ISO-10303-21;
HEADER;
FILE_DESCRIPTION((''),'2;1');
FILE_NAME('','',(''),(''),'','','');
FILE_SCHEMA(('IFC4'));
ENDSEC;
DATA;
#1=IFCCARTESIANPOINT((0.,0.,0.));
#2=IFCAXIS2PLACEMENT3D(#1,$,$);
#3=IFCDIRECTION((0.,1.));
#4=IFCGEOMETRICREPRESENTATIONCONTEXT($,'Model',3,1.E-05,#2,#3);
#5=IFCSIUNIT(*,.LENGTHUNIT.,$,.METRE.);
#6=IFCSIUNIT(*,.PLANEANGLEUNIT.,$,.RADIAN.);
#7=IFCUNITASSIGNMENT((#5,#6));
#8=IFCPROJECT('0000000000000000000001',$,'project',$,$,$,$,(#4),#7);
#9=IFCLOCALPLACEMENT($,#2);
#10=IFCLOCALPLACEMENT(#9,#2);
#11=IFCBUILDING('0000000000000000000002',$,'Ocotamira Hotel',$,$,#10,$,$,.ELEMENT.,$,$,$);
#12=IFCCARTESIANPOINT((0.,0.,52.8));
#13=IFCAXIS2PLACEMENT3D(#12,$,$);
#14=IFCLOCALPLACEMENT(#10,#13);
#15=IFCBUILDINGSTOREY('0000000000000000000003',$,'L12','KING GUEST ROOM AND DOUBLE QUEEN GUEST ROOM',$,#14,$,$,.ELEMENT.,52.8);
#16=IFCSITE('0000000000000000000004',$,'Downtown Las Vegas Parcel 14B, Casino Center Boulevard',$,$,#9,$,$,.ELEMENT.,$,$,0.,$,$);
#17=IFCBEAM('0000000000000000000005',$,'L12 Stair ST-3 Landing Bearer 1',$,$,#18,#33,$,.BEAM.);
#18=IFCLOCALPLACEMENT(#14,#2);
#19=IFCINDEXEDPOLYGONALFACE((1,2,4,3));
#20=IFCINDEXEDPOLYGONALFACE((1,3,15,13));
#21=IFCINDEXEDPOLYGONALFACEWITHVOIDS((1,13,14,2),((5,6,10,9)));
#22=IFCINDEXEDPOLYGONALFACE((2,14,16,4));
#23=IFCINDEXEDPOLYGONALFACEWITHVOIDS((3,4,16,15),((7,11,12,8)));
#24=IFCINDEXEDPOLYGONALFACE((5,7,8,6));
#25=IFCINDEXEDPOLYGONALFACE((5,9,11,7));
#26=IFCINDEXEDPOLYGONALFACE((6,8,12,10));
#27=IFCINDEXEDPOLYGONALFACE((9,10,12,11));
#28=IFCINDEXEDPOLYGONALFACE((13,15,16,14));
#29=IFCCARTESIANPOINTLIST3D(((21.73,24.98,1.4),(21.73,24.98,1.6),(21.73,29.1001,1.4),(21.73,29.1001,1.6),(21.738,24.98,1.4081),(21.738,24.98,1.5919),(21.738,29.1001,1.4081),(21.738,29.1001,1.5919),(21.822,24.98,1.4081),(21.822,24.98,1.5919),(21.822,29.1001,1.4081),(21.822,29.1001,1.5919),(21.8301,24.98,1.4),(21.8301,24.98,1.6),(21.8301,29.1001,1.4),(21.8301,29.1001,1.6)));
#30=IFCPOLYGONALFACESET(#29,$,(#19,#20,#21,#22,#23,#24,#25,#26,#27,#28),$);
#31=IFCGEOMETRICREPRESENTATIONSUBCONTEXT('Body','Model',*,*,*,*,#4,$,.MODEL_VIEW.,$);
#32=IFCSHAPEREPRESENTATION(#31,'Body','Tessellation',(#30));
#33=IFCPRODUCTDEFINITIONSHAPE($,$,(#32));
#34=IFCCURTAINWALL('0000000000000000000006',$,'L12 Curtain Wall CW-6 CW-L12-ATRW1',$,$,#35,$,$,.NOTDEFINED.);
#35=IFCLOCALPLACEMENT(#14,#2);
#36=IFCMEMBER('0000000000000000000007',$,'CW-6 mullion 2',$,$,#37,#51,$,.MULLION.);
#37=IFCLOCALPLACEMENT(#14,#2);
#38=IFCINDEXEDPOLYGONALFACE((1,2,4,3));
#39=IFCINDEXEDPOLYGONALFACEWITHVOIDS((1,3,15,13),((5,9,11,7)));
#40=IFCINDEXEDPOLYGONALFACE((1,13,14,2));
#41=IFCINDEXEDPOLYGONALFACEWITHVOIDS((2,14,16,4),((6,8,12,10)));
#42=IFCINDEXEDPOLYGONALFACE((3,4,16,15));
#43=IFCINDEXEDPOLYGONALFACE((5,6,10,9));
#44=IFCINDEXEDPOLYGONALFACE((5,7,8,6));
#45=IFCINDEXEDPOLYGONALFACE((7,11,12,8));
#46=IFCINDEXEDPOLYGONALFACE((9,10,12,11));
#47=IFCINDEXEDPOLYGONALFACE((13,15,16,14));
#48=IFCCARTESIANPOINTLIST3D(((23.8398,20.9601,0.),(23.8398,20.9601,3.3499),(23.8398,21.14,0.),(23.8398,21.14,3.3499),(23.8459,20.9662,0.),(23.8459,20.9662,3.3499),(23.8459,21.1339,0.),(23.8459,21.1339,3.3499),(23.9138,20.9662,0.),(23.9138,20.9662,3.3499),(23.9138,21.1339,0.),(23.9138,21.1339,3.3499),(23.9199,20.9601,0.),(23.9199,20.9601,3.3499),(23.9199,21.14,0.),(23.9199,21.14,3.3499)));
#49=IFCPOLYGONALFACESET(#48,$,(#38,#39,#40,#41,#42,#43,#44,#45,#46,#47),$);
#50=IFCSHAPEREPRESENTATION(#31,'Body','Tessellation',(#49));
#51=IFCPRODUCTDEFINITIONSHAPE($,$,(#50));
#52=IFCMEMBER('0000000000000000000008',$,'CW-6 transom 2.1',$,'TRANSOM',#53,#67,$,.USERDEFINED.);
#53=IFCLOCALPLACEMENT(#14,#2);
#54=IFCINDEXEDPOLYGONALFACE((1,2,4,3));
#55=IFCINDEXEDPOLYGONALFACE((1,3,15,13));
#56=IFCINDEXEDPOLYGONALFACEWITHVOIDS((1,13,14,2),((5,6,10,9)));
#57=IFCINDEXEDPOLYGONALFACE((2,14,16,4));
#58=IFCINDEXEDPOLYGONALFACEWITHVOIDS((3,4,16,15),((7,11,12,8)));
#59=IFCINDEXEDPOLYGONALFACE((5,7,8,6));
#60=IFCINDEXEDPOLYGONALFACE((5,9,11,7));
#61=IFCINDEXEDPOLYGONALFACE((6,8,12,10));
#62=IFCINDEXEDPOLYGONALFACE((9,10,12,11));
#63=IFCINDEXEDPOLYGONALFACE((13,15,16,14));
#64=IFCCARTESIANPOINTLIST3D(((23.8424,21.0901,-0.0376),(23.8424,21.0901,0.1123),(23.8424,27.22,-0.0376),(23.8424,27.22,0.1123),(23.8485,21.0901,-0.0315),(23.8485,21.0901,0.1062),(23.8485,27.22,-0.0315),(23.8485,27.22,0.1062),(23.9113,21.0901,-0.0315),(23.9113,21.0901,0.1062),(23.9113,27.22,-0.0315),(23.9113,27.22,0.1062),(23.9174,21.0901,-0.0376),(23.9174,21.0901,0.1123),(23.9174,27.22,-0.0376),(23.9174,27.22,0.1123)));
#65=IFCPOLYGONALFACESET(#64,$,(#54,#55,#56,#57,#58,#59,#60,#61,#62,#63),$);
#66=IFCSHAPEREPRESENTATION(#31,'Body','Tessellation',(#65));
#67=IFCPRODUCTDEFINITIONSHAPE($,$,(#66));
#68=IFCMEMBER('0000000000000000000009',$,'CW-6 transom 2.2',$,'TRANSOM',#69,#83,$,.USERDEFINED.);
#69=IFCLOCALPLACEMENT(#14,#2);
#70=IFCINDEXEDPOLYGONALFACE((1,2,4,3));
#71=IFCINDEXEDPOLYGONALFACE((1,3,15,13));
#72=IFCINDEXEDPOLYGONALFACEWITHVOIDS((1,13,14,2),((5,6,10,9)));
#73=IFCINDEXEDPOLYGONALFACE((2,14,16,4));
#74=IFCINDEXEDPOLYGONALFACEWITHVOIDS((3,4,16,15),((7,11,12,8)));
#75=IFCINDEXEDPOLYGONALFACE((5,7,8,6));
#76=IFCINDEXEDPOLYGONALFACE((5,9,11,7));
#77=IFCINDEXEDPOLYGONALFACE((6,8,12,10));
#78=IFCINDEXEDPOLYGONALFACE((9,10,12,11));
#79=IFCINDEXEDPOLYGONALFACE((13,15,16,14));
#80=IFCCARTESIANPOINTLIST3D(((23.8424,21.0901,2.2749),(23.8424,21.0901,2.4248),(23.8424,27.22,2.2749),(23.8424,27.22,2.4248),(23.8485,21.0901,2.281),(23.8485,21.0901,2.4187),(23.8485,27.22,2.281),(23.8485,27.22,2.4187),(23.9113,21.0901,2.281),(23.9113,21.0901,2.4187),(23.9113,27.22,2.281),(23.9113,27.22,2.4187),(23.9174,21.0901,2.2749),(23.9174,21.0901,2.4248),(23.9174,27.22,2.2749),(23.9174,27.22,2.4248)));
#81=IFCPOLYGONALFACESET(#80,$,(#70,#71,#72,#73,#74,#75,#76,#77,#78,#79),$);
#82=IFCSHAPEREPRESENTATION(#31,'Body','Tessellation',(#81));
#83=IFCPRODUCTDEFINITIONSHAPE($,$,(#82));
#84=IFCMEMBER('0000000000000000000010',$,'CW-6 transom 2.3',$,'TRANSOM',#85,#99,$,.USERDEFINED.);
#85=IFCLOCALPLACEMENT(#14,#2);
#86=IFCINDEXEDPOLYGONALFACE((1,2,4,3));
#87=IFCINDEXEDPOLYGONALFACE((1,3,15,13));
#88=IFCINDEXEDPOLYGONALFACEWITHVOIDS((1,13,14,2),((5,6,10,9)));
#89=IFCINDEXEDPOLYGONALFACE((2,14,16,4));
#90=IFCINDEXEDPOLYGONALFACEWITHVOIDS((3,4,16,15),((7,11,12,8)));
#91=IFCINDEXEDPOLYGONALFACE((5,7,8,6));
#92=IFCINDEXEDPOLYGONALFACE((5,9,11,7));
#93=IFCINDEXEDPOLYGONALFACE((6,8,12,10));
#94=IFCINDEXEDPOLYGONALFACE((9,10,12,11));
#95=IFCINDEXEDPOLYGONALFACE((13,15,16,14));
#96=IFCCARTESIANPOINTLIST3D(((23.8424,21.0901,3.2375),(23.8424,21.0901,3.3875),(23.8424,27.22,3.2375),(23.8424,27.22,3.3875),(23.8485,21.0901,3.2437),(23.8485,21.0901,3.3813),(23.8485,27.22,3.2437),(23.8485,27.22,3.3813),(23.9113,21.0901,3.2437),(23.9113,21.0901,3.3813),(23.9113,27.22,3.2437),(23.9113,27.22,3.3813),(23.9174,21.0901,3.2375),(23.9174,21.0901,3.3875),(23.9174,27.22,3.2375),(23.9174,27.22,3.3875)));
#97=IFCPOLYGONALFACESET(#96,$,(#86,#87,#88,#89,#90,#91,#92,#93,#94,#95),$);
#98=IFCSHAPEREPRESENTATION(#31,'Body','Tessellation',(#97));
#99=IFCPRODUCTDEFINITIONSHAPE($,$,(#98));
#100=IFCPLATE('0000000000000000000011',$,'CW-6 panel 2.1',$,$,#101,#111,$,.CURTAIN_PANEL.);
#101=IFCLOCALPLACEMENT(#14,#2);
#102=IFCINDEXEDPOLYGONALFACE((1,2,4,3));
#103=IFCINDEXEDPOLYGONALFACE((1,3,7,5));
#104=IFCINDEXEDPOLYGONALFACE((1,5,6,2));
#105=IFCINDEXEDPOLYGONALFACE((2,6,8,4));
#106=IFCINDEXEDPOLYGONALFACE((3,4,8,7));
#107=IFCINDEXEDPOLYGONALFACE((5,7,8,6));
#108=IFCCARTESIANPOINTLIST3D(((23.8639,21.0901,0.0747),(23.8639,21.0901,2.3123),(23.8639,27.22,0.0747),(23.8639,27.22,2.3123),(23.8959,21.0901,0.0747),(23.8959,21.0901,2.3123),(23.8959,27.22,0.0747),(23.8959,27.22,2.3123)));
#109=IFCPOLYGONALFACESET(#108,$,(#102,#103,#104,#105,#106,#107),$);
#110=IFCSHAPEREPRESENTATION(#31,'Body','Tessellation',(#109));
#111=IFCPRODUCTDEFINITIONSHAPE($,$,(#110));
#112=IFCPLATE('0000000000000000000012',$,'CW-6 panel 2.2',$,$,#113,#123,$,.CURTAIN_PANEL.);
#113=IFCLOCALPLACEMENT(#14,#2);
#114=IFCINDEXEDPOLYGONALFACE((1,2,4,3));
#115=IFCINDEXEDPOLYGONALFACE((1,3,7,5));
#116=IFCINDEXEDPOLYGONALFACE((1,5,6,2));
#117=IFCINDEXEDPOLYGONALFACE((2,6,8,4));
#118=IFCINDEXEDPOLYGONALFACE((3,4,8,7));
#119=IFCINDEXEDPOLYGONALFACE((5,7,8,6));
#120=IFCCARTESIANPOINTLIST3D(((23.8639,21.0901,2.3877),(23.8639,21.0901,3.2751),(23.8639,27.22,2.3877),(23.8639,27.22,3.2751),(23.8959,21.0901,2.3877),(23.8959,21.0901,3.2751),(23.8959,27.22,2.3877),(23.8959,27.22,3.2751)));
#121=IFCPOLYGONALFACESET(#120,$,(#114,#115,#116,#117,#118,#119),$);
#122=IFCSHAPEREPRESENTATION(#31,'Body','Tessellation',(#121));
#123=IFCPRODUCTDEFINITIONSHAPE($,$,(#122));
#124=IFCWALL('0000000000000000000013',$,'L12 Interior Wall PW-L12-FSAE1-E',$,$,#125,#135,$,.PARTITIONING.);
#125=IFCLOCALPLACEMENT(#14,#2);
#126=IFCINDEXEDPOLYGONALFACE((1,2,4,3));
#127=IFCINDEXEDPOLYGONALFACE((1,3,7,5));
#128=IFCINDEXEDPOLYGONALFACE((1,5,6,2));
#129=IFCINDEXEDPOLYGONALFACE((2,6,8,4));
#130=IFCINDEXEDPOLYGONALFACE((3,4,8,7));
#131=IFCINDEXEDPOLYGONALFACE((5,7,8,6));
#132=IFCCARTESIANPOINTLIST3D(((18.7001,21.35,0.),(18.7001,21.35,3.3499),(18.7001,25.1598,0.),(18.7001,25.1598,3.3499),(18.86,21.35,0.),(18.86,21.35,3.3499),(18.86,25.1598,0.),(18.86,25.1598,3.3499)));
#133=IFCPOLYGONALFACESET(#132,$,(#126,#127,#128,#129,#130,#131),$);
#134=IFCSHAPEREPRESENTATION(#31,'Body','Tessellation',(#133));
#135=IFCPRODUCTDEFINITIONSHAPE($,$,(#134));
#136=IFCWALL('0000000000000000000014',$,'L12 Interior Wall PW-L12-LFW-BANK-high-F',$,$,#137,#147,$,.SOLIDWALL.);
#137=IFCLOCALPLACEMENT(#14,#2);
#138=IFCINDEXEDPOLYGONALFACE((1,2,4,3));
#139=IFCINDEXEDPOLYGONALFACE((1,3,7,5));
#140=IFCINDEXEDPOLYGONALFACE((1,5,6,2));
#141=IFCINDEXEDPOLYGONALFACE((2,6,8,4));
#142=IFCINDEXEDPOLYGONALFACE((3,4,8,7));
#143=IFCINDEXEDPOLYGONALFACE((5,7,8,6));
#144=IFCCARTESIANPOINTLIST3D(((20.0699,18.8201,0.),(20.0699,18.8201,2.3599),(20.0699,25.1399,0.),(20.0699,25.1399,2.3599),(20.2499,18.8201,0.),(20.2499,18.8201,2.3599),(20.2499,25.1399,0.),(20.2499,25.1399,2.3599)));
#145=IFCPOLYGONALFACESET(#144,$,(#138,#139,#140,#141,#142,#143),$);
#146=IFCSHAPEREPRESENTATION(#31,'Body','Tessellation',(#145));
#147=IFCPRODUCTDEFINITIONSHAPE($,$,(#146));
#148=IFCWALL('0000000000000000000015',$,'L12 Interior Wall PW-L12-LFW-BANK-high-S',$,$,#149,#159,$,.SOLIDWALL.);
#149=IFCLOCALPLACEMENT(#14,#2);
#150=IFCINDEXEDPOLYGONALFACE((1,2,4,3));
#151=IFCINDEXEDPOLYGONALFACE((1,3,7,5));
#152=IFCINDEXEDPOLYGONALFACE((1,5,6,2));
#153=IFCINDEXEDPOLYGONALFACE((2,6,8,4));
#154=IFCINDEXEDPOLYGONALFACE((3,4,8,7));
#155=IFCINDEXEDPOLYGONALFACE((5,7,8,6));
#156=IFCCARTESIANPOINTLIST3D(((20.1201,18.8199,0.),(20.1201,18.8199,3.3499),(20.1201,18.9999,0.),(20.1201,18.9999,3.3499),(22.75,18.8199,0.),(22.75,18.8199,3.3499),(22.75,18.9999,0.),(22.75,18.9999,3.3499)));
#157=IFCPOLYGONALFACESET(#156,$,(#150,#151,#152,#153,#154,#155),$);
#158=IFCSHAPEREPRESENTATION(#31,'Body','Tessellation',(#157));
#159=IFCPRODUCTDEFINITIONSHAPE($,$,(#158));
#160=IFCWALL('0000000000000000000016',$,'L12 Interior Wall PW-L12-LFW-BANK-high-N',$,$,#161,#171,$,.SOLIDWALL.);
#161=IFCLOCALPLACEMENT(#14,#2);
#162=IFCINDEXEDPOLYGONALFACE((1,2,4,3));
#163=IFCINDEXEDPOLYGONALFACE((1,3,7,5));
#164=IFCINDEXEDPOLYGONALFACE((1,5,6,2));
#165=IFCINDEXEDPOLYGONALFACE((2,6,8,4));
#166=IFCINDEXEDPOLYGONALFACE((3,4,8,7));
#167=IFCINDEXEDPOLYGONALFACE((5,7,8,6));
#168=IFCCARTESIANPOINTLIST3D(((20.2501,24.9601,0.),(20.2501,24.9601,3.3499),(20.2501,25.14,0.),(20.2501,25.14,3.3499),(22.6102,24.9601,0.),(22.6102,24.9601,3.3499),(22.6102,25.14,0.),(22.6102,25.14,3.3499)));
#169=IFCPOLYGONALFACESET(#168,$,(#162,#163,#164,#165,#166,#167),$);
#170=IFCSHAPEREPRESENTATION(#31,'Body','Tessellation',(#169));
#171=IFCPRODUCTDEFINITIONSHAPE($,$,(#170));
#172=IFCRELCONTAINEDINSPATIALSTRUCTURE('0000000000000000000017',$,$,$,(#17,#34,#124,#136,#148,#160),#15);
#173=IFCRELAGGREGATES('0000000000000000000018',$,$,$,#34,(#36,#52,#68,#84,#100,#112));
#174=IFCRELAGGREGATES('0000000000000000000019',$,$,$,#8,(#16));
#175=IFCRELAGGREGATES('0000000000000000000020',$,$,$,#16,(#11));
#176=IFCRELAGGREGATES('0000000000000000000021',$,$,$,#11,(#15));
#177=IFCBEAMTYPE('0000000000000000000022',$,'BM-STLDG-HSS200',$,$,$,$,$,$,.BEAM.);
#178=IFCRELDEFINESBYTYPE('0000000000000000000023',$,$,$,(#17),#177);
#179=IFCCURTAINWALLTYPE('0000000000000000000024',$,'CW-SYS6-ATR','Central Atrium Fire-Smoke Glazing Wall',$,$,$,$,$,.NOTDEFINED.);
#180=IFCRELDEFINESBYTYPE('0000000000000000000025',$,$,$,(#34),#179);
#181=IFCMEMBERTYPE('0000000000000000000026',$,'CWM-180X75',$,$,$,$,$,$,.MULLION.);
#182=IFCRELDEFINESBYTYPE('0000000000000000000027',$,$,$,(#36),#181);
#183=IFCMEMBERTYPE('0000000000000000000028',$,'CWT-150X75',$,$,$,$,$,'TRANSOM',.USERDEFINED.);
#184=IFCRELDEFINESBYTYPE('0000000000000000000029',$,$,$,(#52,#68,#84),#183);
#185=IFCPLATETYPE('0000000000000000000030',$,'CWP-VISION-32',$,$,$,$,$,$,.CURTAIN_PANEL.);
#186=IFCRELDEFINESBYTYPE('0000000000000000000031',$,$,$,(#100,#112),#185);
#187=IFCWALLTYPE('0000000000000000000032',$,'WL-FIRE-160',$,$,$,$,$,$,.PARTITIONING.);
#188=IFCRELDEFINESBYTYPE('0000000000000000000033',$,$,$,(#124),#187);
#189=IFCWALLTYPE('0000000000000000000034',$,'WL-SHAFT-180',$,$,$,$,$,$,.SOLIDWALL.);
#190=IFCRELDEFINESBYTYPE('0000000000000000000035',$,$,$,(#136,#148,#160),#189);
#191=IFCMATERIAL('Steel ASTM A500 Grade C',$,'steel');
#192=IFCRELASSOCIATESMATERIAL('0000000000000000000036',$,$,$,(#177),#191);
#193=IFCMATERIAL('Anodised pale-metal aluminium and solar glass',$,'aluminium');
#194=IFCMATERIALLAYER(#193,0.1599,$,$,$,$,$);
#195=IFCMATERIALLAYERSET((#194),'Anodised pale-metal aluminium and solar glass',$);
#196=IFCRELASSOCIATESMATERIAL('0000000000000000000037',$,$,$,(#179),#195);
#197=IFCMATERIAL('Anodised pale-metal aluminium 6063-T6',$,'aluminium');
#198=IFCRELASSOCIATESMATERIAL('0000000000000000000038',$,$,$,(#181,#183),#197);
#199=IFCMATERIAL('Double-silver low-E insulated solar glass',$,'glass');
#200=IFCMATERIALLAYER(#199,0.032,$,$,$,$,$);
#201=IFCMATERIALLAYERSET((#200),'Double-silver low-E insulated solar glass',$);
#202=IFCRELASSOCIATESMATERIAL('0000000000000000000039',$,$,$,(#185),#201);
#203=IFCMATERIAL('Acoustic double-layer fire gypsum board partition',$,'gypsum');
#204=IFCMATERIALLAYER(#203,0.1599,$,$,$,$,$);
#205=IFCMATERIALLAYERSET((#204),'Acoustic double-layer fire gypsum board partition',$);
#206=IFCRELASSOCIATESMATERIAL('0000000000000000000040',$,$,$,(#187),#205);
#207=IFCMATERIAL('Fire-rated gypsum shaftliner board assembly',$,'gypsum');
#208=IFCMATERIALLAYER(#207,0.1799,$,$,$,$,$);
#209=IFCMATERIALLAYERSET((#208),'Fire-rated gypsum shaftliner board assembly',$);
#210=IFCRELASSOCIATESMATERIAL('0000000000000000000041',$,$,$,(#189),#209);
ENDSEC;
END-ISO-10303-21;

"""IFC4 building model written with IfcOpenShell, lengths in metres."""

from ifc_helpers import new_model, si_unit, direction, frame, frame_2d, origin, origin_2d, place, context, subcontext, project, spatial, rectangle, hollow_rectangle, extrude, source, transform, mapped, material, layer, layer_set, material_profile, profile_set, type_object, element, aggregate, save


model = new_model("IFC4")

# Units and contexts
model_context = context("Model", 3, precision=1e-05, world=origin(), true_north=direction((0.0, 1.0)))
body_context = subcontext(model_context, "Body", "Model", "MODEL_VIEW")
ifc_project = project(units=[si_unit("LENGTHUNIT", "METRE"), si_unit("PLANEANGLEUNIT", "RADIAN")], contexts=[model_context])

# Site, building, storey
site_placement = place(None, origin())
site = spatial("IfcSite", under=ifc_project, at=site_placement, Name="Downtown Las Vegas Parcel 14B, Casino Center Boulevard", CompositionType="ELEMENT", RefElevation=0.0)
building_placement = place(site_placement, origin())
building = spatial("IfcBuilding", under=site, at=building_placement, Name="Ocotamira Hotel", CompositionType="ELEMENT")
storey_placement = place(building_placement, frame((0.0, 0.0, 52.8)))
storey = spatial("IfcBuildingStorey", under=building, at=storey_placement, Name="L12", Description="KING GUEST ROOM AND DOUBLE QUEEN GUEST ROOM", CompositionType="ELEMENT", Elevation=52.8)

# Beam
ifc_material_1 = material(Name="Steel ASTM A500 Grade C", Category="steel")
ifc_material_profile_1 = material_profile(ifc_material_1, hollow_rectangle(XDim=0.1001, YDim=0.2, WallThickness=0.0081, at=origin_2d()), Name="HSS200X100X8")
ifc_profile_set_1 = profile_set([ifc_material_profile_1], Name="Steel ASTM A500 Grade C")
beam_type = type_object("IfcBeamType", Name="BM-STLDG-HSS200", PredefinedType="BEAM", material=ifc_profile_set_1)
shared_shape_1 = source(origin(), body_context, "Body", "SweptSolid", [
    extrude(hollow_rectangle(XDim=0.1001, YDim=0.2, WallThickness=0.0081, at=origin_2d()), origin(), (0.0, 0.0, 1.0), 4.1201),
])
beam_placement = place(storey_placement, frame((21.78, 24.98, 1.5), z_axis=(0.0, 1.0, 0.0), x_axis=(-1.0, 0.0, 0.0)))
element("IfcBeam", 1, at=beam_placement, inside=storey, type_object=beam_type, Name="L12 Stair ST-3 Landing Bearer 1", PredefinedType="BEAM", context=body_context, shape_type="MappedRepresentation", body=[
    mapped(shared_shape_1, transform((0.0, 0.0, 0.0), scale=1.0)),
])

# Curtain wall, members, plates
ifc_material_2 = material(Name="Anodised pale-metal aluminium and solar glass", Category="aluminium")
ifc_layer_1 = layer(ifc_material_2, 0.1599)
ifc_layer_set_1 = layer_set([ifc_layer_1], Name="Anodised pale-metal aluminium and solar glass")
curtain_wall_type = type_object("IfcCurtainWallType", Name="CW-SYS6-ATR", Description="Central Atrium Fire-Smoke Glazing Wall", PredefinedType="NOTDEFINED", material=ifc_layer_set_1)
curtain_wall_placement = place(storey_placement, origin())
curtain_wall = element("IfcCurtainWall", 2, at=curtain_wall_placement, inside=storey, type_object=curtain_wall_type, Name="L12 Curtain Wall CW-6 CW-L12-ATRW1", PredefinedType="NOTDEFINED")
ifc_material_3 = material(Name="Anodised pale-metal aluminium 6063-T6", Category="aluminium")
ifc_material_profile_2 = material_profile(ifc_material_3, hollow_rectangle(XDim=0.0801, YDim=0.1799, WallThickness=0.0061, at=origin_2d()), Name="HSS180X80X6")
ifc_profile_set_2 = profile_set([ifc_material_profile_2], Name="Anodised pale-metal aluminium 6063-T6")
member_type_1 = type_object("IfcMemberType", Name="CWM-180X75", PredefinedType="MULLION", material=ifc_profile_set_2)
shared_shape_2 = source(origin(), body_context, "Body", "SweptSolid", [
    extrude(hollow_rectangle(XDim=0.0801, YDim=0.1799, WallThickness=0.0061, at=origin_2d()), origin(), (0.0, 0.0, 1.0), 3.3499),
])
member_1_placement = place(storey_placement, frame((23.8799, 21.05, 0.0), z_axis=(0.0, 0.0, 1.0), x_axis=(-1.0, 0.0, 0.0)))
member_1 = element("IfcMember", 3, at=member_1_placement, type_object=member_type_1, Name="CW-6 mullion 2", PredefinedType="MULLION", context=body_context, shape_type="MappedRepresentation", body=[
    mapped(shared_shape_2, transform((0.0, 0.0, 0.0), scale=1.0)),
])
ifc_material_profile_3 = material_profile(ifc_material_3, hollow_rectangle(XDim=0.075, YDim=0.1499, WallThickness=0.0061, at=origin_2d()), Name="HSS150X75X6")
ifc_profile_set_3 = profile_set([ifc_material_profile_3], Name="Anodised pale-metal aluminium 6063-T6")
member_type_2 = type_object("IfcMemberType", Name="CWT-150X75", ElementType="TRANSOM", PredefinedType="USERDEFINED", material=ifc_profile_set_3)
shared_shape_3 = source(origin(), body_context, "Body", "SweptSolid", [
    extrude(hollow_rectangle(XDim=0.075, YDim=0.1499, WallThickness=0.0061, at=origin_2d()), origin(), (0.0, 0.0, 1.0), 6.1299),
])
member_2_placement = place(storey_placement, frame((23.8799, 21.0901, 0.0374), z_axis=(0.0, 1.0, 0.0), x_axis=(-1.0, 0.0, 0.0)))
member_2 = element("IfcMember", 4, at=member_2_placement, type_object=member_type_2, Name="CW-6 transom 2.1", ObjectType="TRANSOM", PredefinedType="USERDEFINED", context=body_context, shape_type="MappedRepresentation", body=[
    mapped(shared_shape_3, transform((0.0, 0.0, 0.0), scale=1.0)),
])
member_3_placement = place(storey_placement, frame((23.8799, 21.0901, 2.3499), z_axis=(0.0, 1.0, 0.0), x_axis=(-1.0, 0.0, 0.0)))
member_3 = element("IfcMember", 5, at=member_3_placement, type_object=member_type_2, Name="CW-6 transom 2.2", ObjectType="TRANSOM", PredefinedType="USERDEFINED", context=body_context, shape_type="MappedRepresentation", body=[
    mapped(shared_shape_3, transform((0.0, 0.0, 0.0), scale=1.0)),
])
member_4_placement = place(storey_placement, frame((23.8799, 21.0901, 3.3125), z_axis=(0.0, 1.0, 0.0), x_axis=(-1.0, 0.0, 0.0)))
member_4 = element("IfcMember", 6, at=member_4_placement, type_object=member_type_2, Name="CW-6 transom 2.3", ObjectType="TRANSOM", PredefinedType="USERDEFINED", context=body_context, shape_type="MappedRepresentation", body=[
    mapped(shared_shape_3, transform((0.0, 0.0, 0.0), scale=1.0)),
])
ifc_material_4 = material(Name="Double-silver low-E insulated solar glass", Category="glass")
ifc_layer_2 = layer(ifc_material_4, 0.032)
ifc_layer_set_2 = layer_set([ifc_layer_2], Name="Double-silver low-E insulated solar glass")
plate_type = type_object("IfcPlateType", Name="CWP-VISION-32", PredefinedType="CURTAIN_PANEL", material=ifc_layer_set_2)
shared_shape_4 = source(origin(), body_context, "Body", "SweptSolid", [
    extrude(rectangle(XDim=6.1299, YDim=0.032, at=origin_2d()), origin(), (0.0, 0.0, 1.0), 2.2375),
])
plate_1_placement = place(storey_placement, frame((23.8799, 24.155, 0.0747), z_axis=(0.0, 0.0, 1.0), x_axis=(0.0, 1.0, 0.0)))
plate_1 = element("IfcPlate", 7, at=plate_1_placement, type_object=plate_type, Name="CW-6 panel 2.1", PredefinedType="CURTAIN_PANEL", context=body_context, shape_type="MappedRepresentation", body=[
    mapped(shared_shape_4, transform((0.0, 0.0, 0.0), scale=1.0)),
])
shared_shape_5 = source(origin(), body_context, "Body", "SweptSolid", [
    extrude(rectangle(XDim=6.1299, YDim=0.032, at=origin_2d()), origin(), (0.0, 0.0, 1.0), 0.8875),
])
plate_2_placement = place(storey_placement, frame((23.8799, 24.155, 2.3877), z_axis=(0.0, 0.0, 1.0), x_axis=(0.0, 1.0, 0.0)))
plate_2 = element("IfcPlate", 8, at=plate_2_placement, type_object=plate_type, Name="CW-6 panel 2.2", PredefinedType="CURTAIN_PANEL", context=body_context, shape_type="MappedRepresentation", body=[
    mapped(shared_shape_5, transform((0.0, 0.0, 0.0), scale=1.0)),
])
aggregate(curtain_wall, [member_1, member_2, member_3, member_4, plate_1, plate_2])

# Shared definitions
ifc_material_5 = material(Name="Acoustic double-layer fire gypsum board partition", Category="gypsum")
ifc_layer_3 = layer(ifc_material_5, 0.1599)
ifc_layer_set_3 = layer_set([ifc_layer_3], Name="Acoustic double-layer fire gypsum board partition")
wall_type_1 = type_object("IfcWallType", Name="WL-FIRE-160", PredefinedType="PARTITIONING", material=ifc_layer_set_3)

# Walls
wall_1_placement = place(storey_placement, frame((18.78, 21.3501, 0.0), z_axis=(0.0, 0.0, 1.0), x_axis=(0.0, 1.0, 0.0)))
element("IfcWall", 9, at=wall_1_placement, inside=storey, type_object=wall_type_1, Name="L12 Interior Wall PW-L12-FSAE1-E", PredefinedType="PARTITIONING", context=body_context, shape_type="SweptSolid", body=[
    extrude(rectangle(XDim=3.8098, YDim=0.1599, at=frame_2d((1.9048, 0.0))), origin(), (0.0, 0.0, 1.0), 3.3499),
])
ifc_material_6 = material(Name="Fire-rated gypsum shaftliner board assembly", Category="gypsum")
ifc_layer_4 = layer(ifc_material_6, 0.1799)
ifc_layer_set_4 = layer_set([ifc_layer_4], Name="Fire-rated gypsum shaftliner board assembly")
wall_type_2 = type_object("IfcWallType", Name="WL-SHAFT-180", PredefinedType="SOLIDWALL", material=ifc_layer_set_4)
wall_2_placement = place(storey_placement, frame((20.1599, 18.8201, 0.0), z_axis=(0.0, 0.0, 1.0), x_axis=(0.0, 1.0, 0.0)))
element("IfcWall", 10, at=wall_2_placement, inside=storey, type_object=wall_type_2, Name="L12 Interior Wall PW-L12-LFW-BANK-high-F", PredefinedType="SOLIDWALL", context=body_context, shape_type="SweptSolid", body=[
    extrude(rectangle(XDim=6.3198, YDim=0.1799, at=frame_2d((3.1599, 0.0))), origin(), (0.0, 0.0, 1.0), 2.3599),
])
wall_3_placement = place(storey_placement, frame((20.1201, 18.9099, 0.0), z_axis=(0.0, 0.0, 1.0), x_axis=(1.0, 0.0, 0.0)))
element("IfcWall", 11, at=wall_3_placement, inside=storey, type_object=wall_type_2, Name="L12 Interior Wall PW-L12-LFW-BANK-high-S", PredefinedType="SOLIDWALL", context=body_context, shape_type="SweptSolid", body=[
    extrude(rectangle(XDim=2.6299, YDim=0.1799, at=frame_2d((1.3149, 0.0))), origin(), (0.0, 0.0, 1.0), 3.3499),
])
wall_4_placement = place(storey_placement, frame((20.25, 25.05, 0.0), z_axis=(0.0, 0.0, 1.0), x_axis=(1.0, 0.0, 0.0)))
element("IfcWall", 12, at=wall_4_placement, inside=storey, type_object=wall_type_2, Name="L12 Interior Wall PW-L12-LFW-BANK-high-N", PredefinedType="SOLIDWALL", context=body_context, shape_type="SweptSolid", body=[
    extrude(rectangle(XDim=2.3601, YDim=0.1799, at=frame_2d((1.1802, 0.0))), origin(), (0.0, 0.0, 1.0), 3.3499),
])

save(model, "model.ifc")
